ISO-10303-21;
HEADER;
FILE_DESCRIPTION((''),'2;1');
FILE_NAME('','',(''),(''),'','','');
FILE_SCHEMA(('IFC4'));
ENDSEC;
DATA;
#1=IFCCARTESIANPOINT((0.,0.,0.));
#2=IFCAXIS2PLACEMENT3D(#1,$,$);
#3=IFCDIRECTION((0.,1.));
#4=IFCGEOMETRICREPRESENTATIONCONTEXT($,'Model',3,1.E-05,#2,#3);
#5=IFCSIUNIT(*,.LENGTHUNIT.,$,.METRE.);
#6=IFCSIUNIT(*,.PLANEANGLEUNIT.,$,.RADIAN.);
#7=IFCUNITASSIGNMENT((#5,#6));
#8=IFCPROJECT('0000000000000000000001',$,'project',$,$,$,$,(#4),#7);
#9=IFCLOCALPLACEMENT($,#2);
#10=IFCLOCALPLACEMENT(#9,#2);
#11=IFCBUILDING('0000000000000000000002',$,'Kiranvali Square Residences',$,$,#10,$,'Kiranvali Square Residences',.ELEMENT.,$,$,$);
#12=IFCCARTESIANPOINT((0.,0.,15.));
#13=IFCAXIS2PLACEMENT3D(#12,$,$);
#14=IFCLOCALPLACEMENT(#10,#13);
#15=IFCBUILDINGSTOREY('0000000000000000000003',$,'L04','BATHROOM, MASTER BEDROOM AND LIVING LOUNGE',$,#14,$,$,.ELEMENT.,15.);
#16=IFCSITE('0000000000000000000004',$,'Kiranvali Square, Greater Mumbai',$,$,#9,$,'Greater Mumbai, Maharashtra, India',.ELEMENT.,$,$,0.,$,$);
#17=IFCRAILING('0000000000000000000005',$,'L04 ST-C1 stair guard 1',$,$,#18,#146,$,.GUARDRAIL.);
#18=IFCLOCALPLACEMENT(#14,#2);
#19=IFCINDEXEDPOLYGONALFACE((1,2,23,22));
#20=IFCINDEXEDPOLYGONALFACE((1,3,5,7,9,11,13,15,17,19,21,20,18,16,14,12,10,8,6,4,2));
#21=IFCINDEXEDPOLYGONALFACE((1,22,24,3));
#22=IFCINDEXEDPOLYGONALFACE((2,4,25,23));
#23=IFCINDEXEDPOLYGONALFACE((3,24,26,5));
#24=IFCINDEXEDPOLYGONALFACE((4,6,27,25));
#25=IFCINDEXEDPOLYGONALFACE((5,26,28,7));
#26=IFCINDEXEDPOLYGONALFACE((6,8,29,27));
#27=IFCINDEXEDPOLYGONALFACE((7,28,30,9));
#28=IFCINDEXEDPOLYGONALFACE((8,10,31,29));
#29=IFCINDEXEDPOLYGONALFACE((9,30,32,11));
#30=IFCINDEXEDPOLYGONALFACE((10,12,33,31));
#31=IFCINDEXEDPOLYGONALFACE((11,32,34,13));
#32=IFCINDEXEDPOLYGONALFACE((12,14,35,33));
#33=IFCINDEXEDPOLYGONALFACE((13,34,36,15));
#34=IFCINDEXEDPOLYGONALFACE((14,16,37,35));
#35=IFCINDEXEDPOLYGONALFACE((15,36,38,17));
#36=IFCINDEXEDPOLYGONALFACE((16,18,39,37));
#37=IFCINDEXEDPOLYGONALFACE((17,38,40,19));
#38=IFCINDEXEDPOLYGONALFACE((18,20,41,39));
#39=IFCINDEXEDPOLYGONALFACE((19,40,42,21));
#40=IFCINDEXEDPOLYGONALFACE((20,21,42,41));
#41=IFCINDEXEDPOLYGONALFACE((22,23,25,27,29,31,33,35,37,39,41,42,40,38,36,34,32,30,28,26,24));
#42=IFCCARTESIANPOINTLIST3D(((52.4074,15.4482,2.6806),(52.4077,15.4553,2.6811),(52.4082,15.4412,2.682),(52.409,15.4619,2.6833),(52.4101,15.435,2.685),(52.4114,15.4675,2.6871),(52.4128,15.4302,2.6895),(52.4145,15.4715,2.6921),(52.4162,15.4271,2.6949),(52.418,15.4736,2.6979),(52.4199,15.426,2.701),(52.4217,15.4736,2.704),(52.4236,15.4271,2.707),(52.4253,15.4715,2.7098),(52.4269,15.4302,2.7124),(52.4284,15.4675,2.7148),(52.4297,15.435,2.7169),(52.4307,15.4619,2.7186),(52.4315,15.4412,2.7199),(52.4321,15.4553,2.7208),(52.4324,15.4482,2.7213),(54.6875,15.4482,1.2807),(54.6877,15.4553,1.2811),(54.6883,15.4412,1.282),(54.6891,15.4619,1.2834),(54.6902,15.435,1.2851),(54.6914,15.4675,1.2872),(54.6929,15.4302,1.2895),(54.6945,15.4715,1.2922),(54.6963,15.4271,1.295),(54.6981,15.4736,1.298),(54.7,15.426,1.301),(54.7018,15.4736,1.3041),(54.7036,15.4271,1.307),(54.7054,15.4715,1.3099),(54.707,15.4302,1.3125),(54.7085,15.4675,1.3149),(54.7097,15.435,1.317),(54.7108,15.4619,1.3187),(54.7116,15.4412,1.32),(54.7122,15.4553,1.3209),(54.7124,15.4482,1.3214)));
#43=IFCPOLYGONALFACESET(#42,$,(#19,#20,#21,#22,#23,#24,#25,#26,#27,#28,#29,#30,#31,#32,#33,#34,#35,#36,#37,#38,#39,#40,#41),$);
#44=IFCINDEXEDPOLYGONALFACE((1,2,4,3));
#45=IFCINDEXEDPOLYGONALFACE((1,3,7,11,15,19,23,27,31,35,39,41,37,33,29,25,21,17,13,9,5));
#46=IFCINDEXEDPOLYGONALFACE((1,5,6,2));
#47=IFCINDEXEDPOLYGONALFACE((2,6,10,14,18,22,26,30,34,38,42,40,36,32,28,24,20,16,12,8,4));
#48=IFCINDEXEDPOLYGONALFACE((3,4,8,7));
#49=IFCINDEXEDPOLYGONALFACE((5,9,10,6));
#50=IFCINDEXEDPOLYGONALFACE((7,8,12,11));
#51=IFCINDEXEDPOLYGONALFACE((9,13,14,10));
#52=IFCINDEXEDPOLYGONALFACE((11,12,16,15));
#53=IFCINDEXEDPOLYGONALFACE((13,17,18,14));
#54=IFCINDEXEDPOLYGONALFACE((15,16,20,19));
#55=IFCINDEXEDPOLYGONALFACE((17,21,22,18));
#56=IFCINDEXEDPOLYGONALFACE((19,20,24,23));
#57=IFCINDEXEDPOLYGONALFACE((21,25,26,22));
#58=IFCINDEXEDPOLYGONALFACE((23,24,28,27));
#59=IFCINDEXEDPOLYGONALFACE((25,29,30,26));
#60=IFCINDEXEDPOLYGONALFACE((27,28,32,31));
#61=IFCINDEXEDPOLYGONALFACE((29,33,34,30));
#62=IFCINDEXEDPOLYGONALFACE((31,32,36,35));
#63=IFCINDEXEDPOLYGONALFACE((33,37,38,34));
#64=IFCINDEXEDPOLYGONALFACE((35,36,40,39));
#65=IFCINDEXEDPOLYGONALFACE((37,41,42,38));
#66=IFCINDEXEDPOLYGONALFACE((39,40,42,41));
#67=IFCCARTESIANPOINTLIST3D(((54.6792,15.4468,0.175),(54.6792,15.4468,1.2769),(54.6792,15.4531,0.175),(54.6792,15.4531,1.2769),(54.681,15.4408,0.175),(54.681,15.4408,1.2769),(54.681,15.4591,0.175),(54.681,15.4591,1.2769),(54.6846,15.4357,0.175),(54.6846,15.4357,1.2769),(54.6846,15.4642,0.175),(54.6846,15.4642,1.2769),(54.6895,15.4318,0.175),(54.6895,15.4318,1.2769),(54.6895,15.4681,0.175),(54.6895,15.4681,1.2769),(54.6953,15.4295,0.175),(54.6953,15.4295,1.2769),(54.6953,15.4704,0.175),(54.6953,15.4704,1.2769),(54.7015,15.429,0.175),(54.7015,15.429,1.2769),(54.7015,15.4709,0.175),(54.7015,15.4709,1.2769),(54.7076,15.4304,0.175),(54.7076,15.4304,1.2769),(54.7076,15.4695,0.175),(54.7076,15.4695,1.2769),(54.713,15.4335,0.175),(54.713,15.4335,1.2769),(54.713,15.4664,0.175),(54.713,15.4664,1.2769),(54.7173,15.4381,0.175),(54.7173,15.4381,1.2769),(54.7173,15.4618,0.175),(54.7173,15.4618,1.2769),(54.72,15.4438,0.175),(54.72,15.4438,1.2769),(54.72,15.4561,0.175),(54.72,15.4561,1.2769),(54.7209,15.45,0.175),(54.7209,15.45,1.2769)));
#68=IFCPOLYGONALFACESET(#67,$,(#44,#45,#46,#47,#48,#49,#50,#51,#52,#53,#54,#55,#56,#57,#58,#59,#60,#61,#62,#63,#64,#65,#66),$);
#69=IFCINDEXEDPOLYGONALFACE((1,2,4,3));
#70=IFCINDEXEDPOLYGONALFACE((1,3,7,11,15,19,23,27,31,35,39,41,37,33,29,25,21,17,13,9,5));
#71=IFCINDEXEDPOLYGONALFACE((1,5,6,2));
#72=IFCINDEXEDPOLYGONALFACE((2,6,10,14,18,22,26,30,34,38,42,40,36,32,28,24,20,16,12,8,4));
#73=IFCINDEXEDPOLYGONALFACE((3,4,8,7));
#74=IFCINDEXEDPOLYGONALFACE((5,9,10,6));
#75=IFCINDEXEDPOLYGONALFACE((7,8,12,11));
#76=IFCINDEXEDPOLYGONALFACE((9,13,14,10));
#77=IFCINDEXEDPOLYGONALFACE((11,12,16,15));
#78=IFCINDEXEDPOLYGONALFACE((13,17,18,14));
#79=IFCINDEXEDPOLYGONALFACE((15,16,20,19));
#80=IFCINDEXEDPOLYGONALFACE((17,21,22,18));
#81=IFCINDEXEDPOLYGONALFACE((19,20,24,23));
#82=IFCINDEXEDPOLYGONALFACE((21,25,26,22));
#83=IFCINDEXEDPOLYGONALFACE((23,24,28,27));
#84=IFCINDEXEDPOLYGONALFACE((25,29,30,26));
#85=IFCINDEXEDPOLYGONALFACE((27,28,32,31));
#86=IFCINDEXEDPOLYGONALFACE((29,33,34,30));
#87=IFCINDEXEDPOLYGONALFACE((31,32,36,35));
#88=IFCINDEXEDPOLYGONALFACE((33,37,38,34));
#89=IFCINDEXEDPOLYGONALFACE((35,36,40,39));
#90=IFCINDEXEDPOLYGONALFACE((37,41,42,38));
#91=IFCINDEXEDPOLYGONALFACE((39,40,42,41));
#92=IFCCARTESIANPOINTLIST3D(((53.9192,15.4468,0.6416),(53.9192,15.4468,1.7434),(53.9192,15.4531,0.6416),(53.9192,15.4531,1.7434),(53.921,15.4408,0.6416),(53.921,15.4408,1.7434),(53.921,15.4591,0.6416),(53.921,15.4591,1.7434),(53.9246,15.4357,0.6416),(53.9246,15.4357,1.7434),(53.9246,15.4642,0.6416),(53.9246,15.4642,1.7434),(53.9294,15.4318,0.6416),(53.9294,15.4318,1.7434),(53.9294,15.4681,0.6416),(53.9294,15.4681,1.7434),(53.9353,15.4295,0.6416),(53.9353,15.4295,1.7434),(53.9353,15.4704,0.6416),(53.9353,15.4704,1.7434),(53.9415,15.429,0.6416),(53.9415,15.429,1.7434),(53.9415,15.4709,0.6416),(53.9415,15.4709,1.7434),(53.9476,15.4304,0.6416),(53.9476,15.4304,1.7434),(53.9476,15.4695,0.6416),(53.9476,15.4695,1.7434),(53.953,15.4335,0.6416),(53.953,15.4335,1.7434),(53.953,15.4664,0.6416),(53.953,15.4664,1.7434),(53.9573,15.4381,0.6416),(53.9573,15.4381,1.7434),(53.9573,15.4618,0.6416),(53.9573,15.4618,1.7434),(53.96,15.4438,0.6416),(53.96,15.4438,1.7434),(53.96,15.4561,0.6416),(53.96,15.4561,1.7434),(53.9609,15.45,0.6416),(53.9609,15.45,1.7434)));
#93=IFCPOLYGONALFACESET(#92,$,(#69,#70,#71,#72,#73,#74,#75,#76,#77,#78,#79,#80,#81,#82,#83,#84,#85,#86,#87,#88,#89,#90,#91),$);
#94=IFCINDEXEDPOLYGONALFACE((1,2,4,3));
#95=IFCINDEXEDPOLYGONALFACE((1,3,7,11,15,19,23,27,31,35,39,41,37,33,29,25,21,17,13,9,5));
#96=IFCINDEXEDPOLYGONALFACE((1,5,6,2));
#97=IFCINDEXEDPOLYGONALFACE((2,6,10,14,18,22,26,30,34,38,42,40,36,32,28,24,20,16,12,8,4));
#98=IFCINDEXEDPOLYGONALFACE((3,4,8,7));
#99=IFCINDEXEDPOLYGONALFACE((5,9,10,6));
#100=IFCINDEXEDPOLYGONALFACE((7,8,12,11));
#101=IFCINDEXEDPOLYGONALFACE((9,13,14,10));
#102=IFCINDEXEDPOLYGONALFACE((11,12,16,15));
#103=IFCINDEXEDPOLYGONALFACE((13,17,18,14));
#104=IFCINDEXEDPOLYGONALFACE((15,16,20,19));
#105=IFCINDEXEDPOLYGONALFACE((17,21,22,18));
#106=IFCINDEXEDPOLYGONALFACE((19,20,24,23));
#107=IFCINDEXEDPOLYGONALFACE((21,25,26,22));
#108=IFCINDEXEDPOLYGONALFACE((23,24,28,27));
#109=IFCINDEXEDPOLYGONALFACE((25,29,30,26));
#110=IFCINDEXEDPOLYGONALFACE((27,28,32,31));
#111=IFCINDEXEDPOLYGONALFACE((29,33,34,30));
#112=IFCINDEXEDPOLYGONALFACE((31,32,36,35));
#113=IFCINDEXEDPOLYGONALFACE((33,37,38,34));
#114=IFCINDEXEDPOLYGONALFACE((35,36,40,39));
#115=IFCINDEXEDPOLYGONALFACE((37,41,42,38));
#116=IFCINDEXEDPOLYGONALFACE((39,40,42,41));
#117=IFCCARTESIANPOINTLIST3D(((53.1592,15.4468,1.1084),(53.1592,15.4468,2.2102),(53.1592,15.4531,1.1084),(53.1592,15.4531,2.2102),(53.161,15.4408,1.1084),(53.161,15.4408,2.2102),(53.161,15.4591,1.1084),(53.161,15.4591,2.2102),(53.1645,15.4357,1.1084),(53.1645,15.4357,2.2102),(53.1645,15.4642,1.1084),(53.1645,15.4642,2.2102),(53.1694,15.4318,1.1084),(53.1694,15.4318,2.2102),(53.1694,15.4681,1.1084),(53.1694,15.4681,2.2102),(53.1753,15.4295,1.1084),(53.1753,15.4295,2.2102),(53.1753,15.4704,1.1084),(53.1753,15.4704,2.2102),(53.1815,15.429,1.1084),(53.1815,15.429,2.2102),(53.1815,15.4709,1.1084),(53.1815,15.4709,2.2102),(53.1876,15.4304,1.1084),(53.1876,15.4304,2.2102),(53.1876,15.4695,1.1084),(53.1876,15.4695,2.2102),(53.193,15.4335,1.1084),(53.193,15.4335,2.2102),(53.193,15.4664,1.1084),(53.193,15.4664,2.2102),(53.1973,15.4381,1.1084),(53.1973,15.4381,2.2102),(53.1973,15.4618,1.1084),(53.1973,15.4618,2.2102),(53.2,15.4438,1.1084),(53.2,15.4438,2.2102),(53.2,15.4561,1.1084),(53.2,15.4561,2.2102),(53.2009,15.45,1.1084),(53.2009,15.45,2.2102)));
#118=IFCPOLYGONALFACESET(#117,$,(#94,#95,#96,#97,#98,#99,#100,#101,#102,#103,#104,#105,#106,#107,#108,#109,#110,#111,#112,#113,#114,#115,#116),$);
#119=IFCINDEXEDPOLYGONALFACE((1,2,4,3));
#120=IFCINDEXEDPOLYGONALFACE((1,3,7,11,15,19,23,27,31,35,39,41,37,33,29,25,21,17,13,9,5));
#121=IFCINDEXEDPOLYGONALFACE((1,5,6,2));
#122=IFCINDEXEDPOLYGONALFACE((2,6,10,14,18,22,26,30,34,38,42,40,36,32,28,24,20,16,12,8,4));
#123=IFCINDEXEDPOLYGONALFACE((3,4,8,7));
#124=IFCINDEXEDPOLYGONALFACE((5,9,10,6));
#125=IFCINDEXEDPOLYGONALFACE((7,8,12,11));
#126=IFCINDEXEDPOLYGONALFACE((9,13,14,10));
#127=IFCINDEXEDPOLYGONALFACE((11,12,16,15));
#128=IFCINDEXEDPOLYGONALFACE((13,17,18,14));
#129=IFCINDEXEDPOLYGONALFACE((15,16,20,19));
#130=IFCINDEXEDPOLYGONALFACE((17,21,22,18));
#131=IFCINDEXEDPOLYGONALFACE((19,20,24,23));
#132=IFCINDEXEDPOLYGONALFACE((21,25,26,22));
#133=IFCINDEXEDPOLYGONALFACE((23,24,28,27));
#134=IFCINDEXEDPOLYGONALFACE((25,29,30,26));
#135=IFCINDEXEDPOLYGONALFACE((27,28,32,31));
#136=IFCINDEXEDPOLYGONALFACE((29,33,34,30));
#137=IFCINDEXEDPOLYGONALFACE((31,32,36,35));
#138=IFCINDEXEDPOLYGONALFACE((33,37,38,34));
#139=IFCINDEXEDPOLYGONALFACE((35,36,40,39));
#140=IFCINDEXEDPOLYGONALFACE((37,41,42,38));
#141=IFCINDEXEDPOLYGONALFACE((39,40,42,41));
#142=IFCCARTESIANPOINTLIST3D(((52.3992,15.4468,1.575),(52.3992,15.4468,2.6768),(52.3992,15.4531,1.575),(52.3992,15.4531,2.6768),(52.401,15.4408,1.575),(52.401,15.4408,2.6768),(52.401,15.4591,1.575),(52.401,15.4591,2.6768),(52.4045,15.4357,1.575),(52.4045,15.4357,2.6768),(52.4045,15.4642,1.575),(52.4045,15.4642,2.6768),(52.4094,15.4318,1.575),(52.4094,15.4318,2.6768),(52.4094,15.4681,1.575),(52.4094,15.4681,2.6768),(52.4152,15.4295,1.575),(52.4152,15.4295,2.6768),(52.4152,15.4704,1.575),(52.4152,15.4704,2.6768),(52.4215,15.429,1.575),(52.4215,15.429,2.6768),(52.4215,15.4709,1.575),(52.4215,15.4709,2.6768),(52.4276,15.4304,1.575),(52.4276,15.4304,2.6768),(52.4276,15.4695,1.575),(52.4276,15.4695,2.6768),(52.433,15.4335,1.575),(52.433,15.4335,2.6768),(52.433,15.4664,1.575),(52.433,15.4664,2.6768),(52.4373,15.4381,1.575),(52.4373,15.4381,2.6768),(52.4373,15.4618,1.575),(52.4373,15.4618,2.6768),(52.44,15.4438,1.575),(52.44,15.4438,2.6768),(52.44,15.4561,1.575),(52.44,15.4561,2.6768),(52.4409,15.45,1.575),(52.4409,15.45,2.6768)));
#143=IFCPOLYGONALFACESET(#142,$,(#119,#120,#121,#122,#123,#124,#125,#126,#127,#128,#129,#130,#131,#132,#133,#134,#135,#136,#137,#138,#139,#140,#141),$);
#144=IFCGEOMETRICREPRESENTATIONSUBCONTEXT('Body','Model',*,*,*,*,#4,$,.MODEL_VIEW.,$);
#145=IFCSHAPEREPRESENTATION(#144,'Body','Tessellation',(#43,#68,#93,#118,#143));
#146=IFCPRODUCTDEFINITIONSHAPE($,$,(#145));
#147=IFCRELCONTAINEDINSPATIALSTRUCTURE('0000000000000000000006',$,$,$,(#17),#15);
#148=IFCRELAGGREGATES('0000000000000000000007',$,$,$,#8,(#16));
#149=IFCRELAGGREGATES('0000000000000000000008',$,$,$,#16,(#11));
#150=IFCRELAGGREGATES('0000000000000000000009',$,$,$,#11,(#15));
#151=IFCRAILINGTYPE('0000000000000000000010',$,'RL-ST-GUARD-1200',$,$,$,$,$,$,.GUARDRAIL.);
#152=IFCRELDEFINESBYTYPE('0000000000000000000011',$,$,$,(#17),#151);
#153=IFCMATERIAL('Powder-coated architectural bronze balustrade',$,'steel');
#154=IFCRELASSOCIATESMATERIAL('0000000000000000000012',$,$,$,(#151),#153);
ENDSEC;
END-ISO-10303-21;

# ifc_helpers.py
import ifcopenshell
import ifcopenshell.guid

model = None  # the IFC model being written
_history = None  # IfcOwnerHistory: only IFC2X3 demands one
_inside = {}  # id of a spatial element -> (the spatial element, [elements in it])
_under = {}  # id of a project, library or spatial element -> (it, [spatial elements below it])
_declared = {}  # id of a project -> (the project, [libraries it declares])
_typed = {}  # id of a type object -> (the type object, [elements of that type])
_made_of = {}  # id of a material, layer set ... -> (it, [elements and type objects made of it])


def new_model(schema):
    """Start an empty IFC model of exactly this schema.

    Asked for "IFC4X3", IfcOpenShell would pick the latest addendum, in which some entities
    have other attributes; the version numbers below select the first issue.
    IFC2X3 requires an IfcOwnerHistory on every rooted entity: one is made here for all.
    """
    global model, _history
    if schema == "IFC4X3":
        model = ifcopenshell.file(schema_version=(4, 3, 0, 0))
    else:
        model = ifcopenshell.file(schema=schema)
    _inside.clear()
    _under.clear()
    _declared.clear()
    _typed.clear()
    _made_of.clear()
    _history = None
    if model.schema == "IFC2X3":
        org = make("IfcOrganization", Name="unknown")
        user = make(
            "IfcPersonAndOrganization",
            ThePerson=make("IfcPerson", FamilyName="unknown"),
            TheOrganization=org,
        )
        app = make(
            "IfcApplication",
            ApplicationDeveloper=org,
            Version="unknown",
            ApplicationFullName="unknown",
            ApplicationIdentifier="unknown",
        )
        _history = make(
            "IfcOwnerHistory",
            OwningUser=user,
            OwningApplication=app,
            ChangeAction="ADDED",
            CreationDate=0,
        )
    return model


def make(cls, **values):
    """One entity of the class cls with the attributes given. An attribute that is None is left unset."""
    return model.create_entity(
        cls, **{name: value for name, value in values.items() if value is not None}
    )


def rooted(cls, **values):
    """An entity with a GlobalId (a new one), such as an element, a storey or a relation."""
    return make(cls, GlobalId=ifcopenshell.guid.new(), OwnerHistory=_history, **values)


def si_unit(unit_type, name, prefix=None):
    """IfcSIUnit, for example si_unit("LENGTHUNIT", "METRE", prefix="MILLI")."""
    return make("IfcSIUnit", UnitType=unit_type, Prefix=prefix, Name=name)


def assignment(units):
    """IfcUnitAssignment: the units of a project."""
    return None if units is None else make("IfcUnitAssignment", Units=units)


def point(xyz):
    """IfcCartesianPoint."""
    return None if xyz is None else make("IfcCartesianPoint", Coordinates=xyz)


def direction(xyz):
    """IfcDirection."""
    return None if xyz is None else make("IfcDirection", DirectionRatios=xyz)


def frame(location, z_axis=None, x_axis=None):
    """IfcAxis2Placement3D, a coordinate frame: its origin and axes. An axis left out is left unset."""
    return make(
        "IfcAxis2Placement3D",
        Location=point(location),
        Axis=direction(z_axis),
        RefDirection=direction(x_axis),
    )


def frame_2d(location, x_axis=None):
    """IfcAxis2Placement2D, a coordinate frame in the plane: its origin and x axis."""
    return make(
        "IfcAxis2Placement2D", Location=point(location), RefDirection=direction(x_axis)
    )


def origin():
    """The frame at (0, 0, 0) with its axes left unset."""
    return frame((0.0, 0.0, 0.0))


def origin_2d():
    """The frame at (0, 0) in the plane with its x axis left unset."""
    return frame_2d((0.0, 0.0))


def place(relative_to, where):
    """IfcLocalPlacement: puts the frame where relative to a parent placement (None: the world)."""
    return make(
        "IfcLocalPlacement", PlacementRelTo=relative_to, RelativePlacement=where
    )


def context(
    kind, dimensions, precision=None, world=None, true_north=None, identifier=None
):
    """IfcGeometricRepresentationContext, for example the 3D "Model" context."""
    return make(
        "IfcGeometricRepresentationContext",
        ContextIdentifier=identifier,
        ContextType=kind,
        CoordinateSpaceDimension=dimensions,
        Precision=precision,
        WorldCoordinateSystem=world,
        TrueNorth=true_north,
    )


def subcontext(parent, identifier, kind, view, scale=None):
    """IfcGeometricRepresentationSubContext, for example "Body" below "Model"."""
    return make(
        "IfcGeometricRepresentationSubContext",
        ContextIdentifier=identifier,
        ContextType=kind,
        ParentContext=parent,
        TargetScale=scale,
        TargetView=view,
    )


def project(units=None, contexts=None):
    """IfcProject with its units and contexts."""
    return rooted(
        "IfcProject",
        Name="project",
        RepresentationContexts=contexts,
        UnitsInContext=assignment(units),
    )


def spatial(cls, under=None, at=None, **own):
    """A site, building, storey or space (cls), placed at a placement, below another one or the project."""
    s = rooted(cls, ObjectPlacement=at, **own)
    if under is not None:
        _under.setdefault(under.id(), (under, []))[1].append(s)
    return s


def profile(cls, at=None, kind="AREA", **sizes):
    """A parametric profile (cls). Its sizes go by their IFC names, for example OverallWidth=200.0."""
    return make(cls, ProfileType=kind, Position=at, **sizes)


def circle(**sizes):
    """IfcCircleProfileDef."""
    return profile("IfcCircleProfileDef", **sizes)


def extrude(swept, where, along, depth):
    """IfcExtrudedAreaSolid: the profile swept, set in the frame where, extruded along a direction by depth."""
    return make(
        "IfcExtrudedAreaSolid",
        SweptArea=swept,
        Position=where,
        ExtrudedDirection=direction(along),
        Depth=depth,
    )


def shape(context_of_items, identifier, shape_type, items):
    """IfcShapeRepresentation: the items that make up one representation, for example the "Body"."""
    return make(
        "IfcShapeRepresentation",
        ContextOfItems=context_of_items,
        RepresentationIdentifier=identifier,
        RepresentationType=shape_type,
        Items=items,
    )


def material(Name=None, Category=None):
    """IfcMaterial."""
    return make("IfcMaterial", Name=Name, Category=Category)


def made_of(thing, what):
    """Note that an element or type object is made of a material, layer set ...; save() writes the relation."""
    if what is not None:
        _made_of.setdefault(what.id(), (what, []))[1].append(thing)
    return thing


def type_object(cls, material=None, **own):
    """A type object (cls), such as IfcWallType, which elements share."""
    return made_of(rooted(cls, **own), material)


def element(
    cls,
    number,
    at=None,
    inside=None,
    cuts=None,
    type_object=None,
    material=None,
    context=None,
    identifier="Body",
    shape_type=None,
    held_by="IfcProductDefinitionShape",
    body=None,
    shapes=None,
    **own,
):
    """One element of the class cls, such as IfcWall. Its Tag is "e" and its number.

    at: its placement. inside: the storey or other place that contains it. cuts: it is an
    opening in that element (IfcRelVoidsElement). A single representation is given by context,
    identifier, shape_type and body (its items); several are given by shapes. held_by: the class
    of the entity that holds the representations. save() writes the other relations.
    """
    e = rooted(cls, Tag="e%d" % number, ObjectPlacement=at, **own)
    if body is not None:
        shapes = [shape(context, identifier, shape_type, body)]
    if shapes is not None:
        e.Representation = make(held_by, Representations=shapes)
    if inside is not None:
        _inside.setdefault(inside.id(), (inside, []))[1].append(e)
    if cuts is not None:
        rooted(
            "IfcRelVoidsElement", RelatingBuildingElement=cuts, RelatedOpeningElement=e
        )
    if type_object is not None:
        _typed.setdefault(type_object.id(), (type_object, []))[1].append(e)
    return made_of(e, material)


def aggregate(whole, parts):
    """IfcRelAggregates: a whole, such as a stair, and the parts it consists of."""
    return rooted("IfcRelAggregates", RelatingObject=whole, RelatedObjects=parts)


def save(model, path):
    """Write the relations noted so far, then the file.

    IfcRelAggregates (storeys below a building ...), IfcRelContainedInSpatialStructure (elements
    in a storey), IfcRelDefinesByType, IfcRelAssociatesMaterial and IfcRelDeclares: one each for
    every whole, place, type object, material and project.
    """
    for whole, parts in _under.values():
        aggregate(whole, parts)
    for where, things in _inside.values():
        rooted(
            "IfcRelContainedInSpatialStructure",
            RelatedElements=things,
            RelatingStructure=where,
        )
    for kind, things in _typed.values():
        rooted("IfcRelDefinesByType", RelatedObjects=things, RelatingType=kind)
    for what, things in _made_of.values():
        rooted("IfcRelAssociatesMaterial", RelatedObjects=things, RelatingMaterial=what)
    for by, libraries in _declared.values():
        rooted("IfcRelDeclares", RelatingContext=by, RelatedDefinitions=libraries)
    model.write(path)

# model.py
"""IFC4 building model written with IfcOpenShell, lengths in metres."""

from ifc_helpers import new_model, si_unit, direction, frame, origin, origin_2d, place, context, subcontext, project, spatial, circle, extrude, material, type_object, element, save


model = new_model("IFC4")

# Units and contexts
model_context = context("Model", 3, precision=1e-05, world=origin(), true_north=direction((0.0, 1.0)))
body_context = subcontext(model_context, "Body", "Model", "MODEL_VIEW")
ifc_project = project(units=[si_unit("LENGTHUNIT", "METRE"), si_unit("PLANEANGLEUNIT", "RADIAN")], contexts=[model_context])

# Site, building, storey
site_placement = place(None, origin())
site = spatial("IfcSite", under=ifc_project, at=site_placement, Name="Kiranvali Square, Greater Mumbai", LongName="Greater Mumbai, Maharashtra, India", CompositionType="ELEMENT", RefElevation=0.0)
building_placement = place(site_placement, origin())
building = spatial("IfcBuilding", under=site, at=building_placement, Name="Kiranvali Square Residences", LongName="Kiranvali Square Residences", CompositionType="ELEMENT")
storey_placement = place(building_placement, frame((0.0, 0.0, 15.0)))
storey = spatial("IfcBuildingStorey", under=building, at=storey_placement, Name="L04", Description="BATHROOM, MASTER BEDROOM AND LIVING LOUNGE", CompositionType="ELEMENT", Elevation=15.0)

# Railing
ifc_material_1 = material(Name="Powder-coated architectural bronze balustrade", Category="steel")
railing_type_1 = type_object("IfcRailingType", Name="RL-ST-GUARD-1200", PredefinedType="GUARDRAIL", material=ifc_material_1)
railing_1_placement = place(storey_placement, frame((54.7, 15.45, 0.175)))
element("IfcRailing", 1, at=railing_1_placement, inside=storey, type_object=railing_type_1, Name="L04 ST-C1 stair guard 1", PredefinedType="GUARDRAIL", context=body_context, shape_type="SweptSolid", body=[
    extrude(circle(Radius=0.0239, at=origin_2d()), frame((0.0, 0.0, 1.126), z_axis=(-0.85219, 0.0, 0.523232), x_axis=(0.0, -1.0, 0.0)), (0.0, 0.0, 1.0), 2.6755),
    extrude(circle(Radius=0.021, at=origin_2d()), origin(), (0.0, 0.0, 1.0), 1.1018),
    extrude(circle(Radius=0.021, at=origin_2d()), frame((-0.76, 0.0, 0.4666)), (0.0, 0.0, 1.0), 1.1018),
    extrude(circle(Radius=0.021, at=origin_2d()), frame((-1.52, 0.0, 0.9333)), (0.0, 0.0, 1.0), 1.1018),
    extrude(circle(Radius=0.021, at=origin_2d()), frame((-2.28, 0.0, 1.3999)), (0.0, 0.0, 1.0), 1.1018),
])

save(model, "model.ifc")
